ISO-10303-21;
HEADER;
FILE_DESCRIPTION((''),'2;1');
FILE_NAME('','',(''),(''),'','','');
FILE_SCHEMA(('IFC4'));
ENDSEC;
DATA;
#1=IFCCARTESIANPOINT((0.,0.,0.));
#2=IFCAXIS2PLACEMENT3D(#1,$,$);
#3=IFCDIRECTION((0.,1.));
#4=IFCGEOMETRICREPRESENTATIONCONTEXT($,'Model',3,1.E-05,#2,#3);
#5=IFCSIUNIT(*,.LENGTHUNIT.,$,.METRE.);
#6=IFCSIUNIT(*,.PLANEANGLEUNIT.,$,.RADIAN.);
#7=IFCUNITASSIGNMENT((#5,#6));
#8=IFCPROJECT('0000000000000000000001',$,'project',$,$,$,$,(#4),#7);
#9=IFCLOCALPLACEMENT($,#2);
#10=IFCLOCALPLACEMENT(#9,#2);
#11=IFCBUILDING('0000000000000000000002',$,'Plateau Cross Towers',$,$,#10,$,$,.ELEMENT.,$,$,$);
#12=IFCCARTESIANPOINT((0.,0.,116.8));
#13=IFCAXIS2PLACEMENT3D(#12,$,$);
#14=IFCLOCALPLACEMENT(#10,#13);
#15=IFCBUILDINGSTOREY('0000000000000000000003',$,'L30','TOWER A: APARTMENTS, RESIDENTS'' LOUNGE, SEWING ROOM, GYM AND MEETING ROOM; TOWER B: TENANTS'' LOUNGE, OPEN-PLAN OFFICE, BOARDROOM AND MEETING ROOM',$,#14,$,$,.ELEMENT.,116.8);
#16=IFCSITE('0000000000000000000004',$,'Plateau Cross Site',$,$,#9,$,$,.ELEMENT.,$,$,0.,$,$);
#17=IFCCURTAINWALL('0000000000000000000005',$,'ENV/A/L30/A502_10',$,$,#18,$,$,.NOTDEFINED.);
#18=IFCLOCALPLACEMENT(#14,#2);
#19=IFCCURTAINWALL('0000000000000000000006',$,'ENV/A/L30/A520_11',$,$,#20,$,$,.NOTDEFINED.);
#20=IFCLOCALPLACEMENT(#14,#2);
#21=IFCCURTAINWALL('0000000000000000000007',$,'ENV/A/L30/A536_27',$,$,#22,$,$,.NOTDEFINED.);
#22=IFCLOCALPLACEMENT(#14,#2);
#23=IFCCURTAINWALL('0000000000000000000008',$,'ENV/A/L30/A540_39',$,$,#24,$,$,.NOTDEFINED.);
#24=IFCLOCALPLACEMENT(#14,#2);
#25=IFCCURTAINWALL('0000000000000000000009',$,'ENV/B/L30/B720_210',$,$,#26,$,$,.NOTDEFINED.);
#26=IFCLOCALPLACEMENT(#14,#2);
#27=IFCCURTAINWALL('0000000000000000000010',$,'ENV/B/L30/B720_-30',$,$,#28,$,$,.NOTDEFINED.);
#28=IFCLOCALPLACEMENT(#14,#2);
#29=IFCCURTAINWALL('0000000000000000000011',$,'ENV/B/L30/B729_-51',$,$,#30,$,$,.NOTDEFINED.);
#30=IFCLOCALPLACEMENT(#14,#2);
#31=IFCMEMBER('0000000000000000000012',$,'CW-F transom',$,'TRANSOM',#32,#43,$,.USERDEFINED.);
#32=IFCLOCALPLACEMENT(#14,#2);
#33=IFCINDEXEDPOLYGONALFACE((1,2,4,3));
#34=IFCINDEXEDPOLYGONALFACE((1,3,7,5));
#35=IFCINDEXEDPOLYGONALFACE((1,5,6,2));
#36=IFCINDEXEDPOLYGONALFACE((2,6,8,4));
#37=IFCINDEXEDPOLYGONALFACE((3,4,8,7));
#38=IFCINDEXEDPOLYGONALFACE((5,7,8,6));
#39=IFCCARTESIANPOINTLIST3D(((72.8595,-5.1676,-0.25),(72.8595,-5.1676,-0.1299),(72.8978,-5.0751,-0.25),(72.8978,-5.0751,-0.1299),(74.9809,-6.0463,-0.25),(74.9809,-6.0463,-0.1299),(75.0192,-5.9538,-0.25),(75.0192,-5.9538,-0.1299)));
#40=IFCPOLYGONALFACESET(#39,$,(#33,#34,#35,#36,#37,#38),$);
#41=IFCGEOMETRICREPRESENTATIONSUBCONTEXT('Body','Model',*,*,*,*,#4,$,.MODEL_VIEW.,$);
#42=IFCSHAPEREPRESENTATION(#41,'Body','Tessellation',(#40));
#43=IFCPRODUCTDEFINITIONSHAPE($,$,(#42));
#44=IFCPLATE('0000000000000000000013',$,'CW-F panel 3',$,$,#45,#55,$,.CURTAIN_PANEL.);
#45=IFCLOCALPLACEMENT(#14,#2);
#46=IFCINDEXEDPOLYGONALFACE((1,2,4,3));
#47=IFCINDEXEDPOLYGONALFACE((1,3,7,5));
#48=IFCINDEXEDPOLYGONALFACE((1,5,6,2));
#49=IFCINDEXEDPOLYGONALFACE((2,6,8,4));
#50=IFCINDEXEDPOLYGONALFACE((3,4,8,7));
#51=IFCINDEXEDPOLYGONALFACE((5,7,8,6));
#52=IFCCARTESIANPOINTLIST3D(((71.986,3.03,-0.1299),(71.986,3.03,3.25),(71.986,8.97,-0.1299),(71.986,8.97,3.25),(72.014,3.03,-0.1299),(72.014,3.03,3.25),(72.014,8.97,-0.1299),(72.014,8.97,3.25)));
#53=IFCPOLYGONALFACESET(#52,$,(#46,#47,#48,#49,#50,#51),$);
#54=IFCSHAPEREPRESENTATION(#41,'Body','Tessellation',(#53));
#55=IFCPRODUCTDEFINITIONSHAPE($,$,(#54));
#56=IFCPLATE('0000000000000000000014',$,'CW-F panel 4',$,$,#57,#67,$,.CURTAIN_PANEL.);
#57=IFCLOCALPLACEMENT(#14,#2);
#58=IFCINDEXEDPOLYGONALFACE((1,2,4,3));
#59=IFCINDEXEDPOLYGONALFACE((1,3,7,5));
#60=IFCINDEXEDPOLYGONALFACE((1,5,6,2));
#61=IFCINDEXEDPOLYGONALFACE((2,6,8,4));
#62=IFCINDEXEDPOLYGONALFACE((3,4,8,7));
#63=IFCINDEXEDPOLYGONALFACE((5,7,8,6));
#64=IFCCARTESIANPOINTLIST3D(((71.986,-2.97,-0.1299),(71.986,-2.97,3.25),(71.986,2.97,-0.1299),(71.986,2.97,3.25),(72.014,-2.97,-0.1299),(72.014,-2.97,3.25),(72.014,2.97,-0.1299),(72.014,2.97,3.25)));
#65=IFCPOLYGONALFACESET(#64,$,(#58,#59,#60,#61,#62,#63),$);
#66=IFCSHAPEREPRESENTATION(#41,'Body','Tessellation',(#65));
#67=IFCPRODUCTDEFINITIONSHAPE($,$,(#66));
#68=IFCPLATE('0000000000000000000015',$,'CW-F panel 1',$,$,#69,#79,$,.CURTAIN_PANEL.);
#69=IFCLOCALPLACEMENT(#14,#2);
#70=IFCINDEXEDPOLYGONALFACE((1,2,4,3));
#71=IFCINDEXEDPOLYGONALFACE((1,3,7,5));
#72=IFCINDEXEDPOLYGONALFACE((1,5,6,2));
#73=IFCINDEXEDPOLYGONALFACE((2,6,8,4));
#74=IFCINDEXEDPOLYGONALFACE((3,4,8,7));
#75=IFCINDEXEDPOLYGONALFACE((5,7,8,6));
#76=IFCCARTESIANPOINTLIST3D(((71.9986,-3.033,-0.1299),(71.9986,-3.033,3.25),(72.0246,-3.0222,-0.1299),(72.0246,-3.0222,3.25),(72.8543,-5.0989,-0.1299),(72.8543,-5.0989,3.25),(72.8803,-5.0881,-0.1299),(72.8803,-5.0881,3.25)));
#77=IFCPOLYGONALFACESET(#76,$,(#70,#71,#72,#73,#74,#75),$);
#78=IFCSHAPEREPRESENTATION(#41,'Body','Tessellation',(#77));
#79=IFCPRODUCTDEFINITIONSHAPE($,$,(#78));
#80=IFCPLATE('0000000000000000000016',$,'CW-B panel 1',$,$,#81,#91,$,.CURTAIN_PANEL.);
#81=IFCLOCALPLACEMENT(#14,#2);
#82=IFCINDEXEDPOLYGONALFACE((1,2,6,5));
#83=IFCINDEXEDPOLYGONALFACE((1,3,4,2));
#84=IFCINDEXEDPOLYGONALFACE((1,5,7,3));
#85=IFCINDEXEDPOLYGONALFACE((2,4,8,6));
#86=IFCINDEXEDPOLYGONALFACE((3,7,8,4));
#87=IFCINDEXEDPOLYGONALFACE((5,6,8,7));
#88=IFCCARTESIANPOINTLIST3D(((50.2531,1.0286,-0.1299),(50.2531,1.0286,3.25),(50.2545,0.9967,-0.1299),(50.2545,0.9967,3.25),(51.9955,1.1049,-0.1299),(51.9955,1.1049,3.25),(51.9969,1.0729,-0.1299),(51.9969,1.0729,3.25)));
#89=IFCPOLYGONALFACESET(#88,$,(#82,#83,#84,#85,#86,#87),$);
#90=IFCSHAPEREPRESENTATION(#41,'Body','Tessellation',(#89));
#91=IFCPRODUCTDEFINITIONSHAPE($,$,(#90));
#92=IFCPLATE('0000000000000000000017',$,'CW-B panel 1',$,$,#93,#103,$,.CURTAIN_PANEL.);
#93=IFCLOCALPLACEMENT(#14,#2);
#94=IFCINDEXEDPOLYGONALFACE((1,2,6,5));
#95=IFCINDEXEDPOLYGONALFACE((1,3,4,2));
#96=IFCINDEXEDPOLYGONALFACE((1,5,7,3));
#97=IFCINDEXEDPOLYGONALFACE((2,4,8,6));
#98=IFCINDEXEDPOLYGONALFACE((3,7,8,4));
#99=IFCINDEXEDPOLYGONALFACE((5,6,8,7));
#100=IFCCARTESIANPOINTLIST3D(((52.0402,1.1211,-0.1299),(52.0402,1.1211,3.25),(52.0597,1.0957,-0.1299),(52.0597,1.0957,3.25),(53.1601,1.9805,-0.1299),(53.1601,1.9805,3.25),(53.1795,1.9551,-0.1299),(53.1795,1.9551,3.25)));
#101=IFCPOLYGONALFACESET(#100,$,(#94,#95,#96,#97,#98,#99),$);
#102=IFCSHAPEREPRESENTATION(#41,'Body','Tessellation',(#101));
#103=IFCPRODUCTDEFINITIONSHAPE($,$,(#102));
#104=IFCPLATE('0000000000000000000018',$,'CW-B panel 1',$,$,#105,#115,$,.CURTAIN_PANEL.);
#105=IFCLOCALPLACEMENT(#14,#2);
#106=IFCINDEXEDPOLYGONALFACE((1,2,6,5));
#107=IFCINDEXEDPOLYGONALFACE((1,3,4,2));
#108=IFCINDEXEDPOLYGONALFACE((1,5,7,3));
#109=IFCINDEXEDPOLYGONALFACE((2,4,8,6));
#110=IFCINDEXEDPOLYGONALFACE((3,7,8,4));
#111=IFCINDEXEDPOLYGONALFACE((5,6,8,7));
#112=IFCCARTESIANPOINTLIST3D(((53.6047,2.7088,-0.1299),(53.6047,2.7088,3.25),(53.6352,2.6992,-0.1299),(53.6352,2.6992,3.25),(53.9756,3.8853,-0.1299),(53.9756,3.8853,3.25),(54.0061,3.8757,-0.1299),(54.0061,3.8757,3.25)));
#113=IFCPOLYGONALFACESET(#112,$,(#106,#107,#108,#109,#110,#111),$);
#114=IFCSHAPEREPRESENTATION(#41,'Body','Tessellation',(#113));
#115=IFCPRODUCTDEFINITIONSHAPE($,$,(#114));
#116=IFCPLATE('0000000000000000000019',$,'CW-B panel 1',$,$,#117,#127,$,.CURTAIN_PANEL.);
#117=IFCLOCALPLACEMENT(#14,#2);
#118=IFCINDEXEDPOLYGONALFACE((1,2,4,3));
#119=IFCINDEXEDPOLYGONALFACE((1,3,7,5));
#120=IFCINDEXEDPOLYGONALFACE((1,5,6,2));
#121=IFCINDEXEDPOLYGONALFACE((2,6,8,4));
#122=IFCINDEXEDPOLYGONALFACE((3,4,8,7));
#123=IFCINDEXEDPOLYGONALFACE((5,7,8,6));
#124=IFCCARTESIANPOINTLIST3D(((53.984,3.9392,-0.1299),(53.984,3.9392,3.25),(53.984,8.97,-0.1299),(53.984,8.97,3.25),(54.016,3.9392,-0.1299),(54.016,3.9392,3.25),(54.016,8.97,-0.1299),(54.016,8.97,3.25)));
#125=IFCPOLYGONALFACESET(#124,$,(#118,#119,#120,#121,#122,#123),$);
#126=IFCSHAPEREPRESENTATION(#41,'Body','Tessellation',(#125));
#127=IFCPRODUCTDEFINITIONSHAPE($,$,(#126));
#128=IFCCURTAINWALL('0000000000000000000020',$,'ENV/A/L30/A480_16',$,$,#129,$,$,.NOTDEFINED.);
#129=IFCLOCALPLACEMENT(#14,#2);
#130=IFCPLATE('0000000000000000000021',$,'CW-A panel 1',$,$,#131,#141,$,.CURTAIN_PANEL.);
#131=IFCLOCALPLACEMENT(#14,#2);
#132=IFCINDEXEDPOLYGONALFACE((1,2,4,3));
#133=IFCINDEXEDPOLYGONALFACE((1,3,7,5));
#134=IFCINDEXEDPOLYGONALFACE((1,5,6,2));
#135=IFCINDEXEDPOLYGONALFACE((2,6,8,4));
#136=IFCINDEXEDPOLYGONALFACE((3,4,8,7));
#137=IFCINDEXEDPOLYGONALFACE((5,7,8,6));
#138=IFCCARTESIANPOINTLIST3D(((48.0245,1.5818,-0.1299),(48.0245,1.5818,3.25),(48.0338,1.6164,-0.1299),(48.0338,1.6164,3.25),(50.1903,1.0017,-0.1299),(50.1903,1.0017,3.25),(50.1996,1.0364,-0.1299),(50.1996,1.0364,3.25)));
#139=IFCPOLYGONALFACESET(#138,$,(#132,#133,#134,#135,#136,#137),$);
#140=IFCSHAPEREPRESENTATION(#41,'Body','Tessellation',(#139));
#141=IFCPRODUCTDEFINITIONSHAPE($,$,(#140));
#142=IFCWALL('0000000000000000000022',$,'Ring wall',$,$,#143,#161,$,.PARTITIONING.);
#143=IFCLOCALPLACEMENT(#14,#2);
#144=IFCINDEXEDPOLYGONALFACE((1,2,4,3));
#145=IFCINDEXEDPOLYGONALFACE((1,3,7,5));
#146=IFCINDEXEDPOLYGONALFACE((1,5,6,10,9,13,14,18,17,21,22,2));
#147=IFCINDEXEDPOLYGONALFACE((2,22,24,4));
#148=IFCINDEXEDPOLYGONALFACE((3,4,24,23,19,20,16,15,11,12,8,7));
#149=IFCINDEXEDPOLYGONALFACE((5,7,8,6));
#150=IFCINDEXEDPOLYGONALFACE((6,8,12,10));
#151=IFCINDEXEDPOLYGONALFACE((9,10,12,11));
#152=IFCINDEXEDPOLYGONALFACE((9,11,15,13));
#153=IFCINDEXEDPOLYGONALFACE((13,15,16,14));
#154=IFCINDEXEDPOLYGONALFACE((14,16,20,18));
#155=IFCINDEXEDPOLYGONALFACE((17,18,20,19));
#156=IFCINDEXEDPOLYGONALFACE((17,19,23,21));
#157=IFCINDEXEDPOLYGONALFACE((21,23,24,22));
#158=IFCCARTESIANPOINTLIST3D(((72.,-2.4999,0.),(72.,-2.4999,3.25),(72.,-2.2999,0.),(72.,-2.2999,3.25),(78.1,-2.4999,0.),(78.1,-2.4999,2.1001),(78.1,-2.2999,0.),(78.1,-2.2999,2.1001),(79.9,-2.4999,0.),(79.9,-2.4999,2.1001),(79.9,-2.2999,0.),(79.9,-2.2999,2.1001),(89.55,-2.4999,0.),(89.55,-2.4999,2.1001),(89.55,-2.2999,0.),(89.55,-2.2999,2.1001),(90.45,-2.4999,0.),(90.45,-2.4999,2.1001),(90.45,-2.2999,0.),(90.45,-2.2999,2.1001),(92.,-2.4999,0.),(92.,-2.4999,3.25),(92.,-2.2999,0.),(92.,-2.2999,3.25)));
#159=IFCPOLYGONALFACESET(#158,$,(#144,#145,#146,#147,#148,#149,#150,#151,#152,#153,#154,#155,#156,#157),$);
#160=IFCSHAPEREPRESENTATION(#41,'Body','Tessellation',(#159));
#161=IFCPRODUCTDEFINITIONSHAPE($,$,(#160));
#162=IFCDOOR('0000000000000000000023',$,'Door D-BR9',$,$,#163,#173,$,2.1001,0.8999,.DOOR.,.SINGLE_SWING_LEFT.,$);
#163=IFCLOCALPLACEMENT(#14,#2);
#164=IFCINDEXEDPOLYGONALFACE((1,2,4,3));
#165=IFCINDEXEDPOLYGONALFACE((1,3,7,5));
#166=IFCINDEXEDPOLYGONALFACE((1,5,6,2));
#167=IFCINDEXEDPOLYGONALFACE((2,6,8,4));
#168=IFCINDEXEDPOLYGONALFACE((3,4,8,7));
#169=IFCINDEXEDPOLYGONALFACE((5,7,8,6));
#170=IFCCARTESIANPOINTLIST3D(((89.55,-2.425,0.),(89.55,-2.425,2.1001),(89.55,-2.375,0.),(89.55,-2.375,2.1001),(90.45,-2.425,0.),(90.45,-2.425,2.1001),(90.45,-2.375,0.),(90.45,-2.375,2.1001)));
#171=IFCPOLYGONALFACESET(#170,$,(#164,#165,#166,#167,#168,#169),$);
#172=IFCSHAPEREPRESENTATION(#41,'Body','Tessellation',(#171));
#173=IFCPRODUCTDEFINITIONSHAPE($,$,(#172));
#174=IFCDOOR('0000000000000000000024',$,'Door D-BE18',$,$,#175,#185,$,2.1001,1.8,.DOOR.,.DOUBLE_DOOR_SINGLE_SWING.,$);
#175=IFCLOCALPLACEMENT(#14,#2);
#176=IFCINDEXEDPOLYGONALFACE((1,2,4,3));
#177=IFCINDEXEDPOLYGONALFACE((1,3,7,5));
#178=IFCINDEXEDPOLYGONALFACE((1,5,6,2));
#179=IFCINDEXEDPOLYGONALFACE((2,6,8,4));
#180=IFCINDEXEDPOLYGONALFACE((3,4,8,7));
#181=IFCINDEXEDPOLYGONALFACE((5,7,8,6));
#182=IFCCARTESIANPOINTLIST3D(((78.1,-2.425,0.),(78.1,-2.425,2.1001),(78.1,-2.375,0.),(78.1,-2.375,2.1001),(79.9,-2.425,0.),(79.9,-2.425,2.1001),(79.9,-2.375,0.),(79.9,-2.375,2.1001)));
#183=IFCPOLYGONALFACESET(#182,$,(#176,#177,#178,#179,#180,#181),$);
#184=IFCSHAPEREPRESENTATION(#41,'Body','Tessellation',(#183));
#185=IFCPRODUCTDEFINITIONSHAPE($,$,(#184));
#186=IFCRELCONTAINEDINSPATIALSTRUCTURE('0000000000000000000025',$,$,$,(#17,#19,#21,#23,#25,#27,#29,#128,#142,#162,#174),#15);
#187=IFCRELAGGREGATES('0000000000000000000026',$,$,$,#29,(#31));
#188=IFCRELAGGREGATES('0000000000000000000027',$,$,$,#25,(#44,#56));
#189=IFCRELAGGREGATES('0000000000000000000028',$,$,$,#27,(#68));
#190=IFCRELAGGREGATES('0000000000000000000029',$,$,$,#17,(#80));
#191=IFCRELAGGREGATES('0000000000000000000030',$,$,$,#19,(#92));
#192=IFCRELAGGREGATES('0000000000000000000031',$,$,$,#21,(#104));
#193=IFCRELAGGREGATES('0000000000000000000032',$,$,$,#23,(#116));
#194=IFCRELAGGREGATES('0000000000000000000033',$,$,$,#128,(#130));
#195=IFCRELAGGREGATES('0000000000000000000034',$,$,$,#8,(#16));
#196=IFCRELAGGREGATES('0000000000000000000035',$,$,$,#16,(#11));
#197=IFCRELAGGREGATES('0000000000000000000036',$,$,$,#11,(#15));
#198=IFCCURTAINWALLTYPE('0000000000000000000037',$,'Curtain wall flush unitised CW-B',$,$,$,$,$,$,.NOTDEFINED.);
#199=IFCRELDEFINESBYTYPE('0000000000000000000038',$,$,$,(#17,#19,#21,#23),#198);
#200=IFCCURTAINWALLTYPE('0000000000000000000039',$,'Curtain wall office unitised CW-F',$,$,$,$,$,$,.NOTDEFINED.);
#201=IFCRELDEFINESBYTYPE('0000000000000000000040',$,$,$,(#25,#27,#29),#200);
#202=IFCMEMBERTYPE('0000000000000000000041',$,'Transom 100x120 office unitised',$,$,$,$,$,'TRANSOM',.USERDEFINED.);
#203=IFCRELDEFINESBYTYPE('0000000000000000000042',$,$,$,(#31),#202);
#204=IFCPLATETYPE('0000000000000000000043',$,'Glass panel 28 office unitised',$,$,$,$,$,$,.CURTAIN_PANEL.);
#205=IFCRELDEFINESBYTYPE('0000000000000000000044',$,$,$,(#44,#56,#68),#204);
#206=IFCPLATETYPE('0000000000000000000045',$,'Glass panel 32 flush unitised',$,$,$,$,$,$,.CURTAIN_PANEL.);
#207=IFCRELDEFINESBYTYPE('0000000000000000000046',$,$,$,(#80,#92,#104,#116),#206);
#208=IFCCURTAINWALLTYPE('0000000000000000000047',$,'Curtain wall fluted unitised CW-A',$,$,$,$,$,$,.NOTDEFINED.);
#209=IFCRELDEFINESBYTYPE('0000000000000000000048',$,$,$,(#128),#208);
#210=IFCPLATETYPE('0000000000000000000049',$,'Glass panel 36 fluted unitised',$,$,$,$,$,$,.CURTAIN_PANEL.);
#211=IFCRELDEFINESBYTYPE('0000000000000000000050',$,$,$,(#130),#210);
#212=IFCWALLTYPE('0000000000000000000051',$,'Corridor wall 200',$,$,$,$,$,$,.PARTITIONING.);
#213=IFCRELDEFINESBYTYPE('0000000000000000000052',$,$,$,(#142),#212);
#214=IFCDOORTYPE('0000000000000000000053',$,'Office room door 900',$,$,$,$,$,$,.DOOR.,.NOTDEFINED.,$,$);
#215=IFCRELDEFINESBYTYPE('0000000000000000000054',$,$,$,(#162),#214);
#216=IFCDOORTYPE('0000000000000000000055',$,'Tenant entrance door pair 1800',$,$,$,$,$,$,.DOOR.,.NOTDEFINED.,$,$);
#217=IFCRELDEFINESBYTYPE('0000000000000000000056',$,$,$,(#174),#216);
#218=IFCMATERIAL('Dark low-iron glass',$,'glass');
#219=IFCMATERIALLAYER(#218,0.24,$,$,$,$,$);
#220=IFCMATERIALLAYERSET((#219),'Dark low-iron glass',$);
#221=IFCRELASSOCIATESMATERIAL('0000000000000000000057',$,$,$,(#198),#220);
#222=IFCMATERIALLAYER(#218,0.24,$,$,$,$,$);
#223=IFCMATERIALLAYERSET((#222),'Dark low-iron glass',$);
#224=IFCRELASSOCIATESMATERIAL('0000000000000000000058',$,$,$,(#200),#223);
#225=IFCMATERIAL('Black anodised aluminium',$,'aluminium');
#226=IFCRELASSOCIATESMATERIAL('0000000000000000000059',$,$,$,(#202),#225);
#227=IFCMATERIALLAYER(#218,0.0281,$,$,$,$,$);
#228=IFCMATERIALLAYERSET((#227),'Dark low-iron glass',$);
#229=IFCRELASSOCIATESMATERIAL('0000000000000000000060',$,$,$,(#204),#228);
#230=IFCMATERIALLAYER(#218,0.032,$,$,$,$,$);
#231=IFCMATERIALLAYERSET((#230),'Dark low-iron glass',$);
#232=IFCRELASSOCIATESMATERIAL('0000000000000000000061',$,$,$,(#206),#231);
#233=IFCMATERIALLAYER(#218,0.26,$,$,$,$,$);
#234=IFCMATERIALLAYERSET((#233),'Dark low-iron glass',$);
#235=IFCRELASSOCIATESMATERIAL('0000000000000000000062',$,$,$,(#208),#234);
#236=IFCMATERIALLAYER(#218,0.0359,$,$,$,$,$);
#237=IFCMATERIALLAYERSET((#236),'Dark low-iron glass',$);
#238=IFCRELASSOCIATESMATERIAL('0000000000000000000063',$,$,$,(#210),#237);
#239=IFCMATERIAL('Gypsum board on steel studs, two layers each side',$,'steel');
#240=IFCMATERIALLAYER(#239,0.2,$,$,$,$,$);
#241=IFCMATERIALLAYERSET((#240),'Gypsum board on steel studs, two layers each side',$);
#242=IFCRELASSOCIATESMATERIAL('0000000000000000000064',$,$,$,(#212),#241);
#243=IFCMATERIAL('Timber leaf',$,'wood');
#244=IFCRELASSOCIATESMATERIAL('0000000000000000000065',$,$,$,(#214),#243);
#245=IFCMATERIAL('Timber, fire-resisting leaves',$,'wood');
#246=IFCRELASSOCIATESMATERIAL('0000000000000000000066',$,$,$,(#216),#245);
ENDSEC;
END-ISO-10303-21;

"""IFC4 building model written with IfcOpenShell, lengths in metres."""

from ifc_helpers import new_model, si_unit, direction, frame, frame_2d, origin, origin_2d, place, context, subcontext, project, spatial, rectangle, extrude, material, layer, layer_set, material_profile, profile_set, type_object, element, fill, aggregate, save


model = new_model("IFC4")

# Units and contexts
model_context = context("Model", 3, precision=1e-05, world=origin(), true_north=direction((0.0, 1.0)))
body_context = subcontext(model_context, "Body", "Model", "MODEL_VIEW")
ifc_project = project(units=[si_unit("LENGTHUNIT", "METRE"), si_unit("PLANEANGLEUNIT", "RADIAN")], contexts=[model_context])

# Site, building, storey
site_placement = place(None, origin())
site = spatial("IfcSite", under=ifc_project, at=site_placement, Name="Plateau Cross Site", CompositionType="ELEMENT", RefElevation=0.0)
building_placement = place(site_placement, origin())
building = spatial("IfcBuilding", under=site, at=building_placement, Name="Plateau Cross Towers", CompositionType="ELEMENT")
storey_placement = place(building_placement, frame((0.0, 0.0, 116.8)))
storey = spatial("IfcBuildingStorey", under=building, at=storey_placement, Name="L30", Description="TOWER A: APARTMENTS, RESIDENTS' LOUNGE, SEWING ROOM, GYM AND MEETING ROOM; TOWER B: TENANTS' LOUNGE, OPEN-PLAN OFFICE, BOARDROOM AND MEETING ROOM", CompositionType="ELEMENT", Elevation=116.8)

# Curtain wall
ifc_material_1 = material(Name="Dark low-iron glass", Category="glass")
ifc_layer_1 = layer(ifc_material_1, 0.24)
ifc_layer_set_1 = layer_set([ifc_layer_1], Name="Dark low-iron glass")
curtain_wall_type_1 = type_object("IfcCurtainWallType", Name="Curtain wall flush unitised CW-B", PredefinedType="NOTDEFINED", material=ifc_layer_set_1)
curtain_wall_1_placement = place(storey_placement, origin())
curtain_wall_1 = element("IfcCurtainWall", 1, at=curtain_wall_1_placement, inside=storey, type_object=curtain_wall_type_1, Name="ENV/A/L30/A502_10", PredefinedType="NOTDEFINED")
ifc_material_2 = material(Name="Black anodised aluminium", Category="aluminium")

# Curtain wall
curtain_wall_2_placement = place(storey_placement, origin())
curtain_wall_2 = element("IfcCurtainWall", 2, at=curtain_wall_2_placement, inside=storey, type_object=curtain_wall_type_1, Name="ENV/A/L30/A520_11", PredefinedType="NOTDEFINED")

# Curtain walls
curtain_wall_3_placement = place(storey_placement, origin())
curtain_wall_3 = element("IfcCurtainWall", 3, at=curtain_wall_3_placement, inside=storey, type_object=curtain_wall_type_1, Name="ENV/A/L30/A536_27", PredefinedType="NOTDEFINED")
curtain_wall_4_placement = place(storey_placement, origin())
curtain_wall_4 = element("IfcCurtainWall", 4, at=curtain_wall_4_placement, inside=storey, type_object=curtain_wall_type_1, Name="ENV/A/L30/A540_39", PredefinedType="NOTDEFINED")
ifc_layer_2 = layer(ifc_material_1, 0.24)
ifc_layer_set_2 = layer_set([ifc_layer_2], Name="Dark low-iron glass")
curtain_wall_type_2 = type_object("IfcCurtainWallType", Name="Curtain wall office unitised CW-F", PredefinedType="NOTDEFINED", material=ifc_layer_set_2)
curtain_wall_5_placement = place(storey_placement, origin())
curtain_wall_5 = element("IfcCurtainWall", 5, at=curtain_wall_5_placement, inside=storey, type_object=curtain_wall_type_2, Name="ENV/B/L30/B720_210", PredefinedType="NOTDEFINED")
curtain_wall_6_placement = place(storey_placement, origin())
curtain_wall_6 = element("IfcCurtainWall", 6, at=curtain_wall_6_placement, inside=storey, type_object=curtain_wall_type_2, Name="ENV/B/L30/B720_-30", PredefinedType="NOTDEFINED")
curtain_wall_7_placement = place(storey_placement, origin())
curtain_wall_7 = element("IfcCurtainWall", 7, at=curtain_wall_7_placement, inside=storey, type_object=curtain_wall_type_2, Name="ENV/B/L30/B729_-51", PredefinedType="NOTDEFINED")

# Member
ifc_material_profile_1 = material_profile(ifc_material_2, rectangle(XDim=0.1001, YDim=0.1201, at=origin_2d()), Name="TRANSOM 100x120")
ifc_profile_set_1 = profile_set([ifc_material_profile_1], Name="Black anodised aluminium")
member_type_1 = type_object("IfcMemberType", Name="Transom 100x120 office unitised", ElementType="TRANSOM", PredefinedType="USERDEFINED", material=ifc_profile_set_1)
member_1_placement = place(storey_placement, frame((72.8787, -5.1213, -0.1899), z_axis=(0.923883, -0.382674, 0.0), x_axis=(0.382674, 0.923883, 0.0)))
member_1 = element("IfcMember", 8, at=member_1_placement, type_object=member_type_1, Name="CW-F transom", ObjectType="TRANSOM", PredefinedType="USERDEFINED", context=body_context, shape_type="SweptSolid", body=[
    extrude(rectangle(XDim=0.1001, YDim=0.1201, at=origin_2d()), origin(), (0.0, 0.0, 1.0), 2.2961),
])
aggregate(curtain_wall_7, [member_1])

# Plates
ifc_layer_3 = layer(ifc_material_1, 0.0281)
ifc_layer_set_3 = layer_set([ifc_layer_3], Name="Dark low-iron glass")
plate_type_1 = type_object("IfcPlateType", Name="Glass panel 28 office unitised", PredefinedType="CURTAIN_PANEL", material=ifc_layer_set_3)
plate_1_placement = place(storey_placement, frame((72.0, 6.0, -0.1299), z_axis=(0.0, 0.0, 1.0), x_axis=(0.0, -1.0, 0.0)))
plate_1 = element("IfcPlate", 9, at=plate_1_placement, type_object=plate_type_1, Name="CW-F panel 3", PredefinedType="CURTAIN_PANEL", context=body_context, shape_type="SweptSolid", body=[
    extrude(rectangle(XDim=5.9399, YDim=0.0281, at=origin_2d()), origin(), (0.0, 0.0, 1.0), 3.3799),
])
plate_2_placement = place(storey_placement, frame((72.0, 0.0, -0.1299), z_axis=(0.0, 0.0, 1.0), x_axis=(0.0, -1.0, 0.0)))
plate_2 = element("IfcPlate", 10, at=plate_2_placement, type_object=plate_type_1, Name="CW-F panel 4", PredefinedType="CURTAIN_PANEL", context=body_context, shape_type="SweptSolid", body=[
    extrude(rectangle(XDim=5.9399, YDim=0.0281, at=origin_2d()), origin(), (0.0, 0.0, 1.0), 3.3799),
])
aggregate(curtain_wall_5, [plate_1, plate_2])
plate_3_placement = place(storey_placement, frame((72.4395, -4.0605, -0.1299), z_axis=(0.0, 0.0, 1.0), x_axis=(0.382684, -0.923879, 0.0)))
plate_3 = element("IfcPlate", 11, at=plate_3_placement, type_object=plate_type_1, Name="CW-F panel 1", PredefinedType="CURTAIN_PANEL", context=body_context, shape_type="SweptSolid", body=[
    extrude(rectangle(XDim=2.2361, YDim=0.0281, at=origin_2d()), origin(), (0.0, 0.0, 1.0), 3.3799),
])
aggregate(curtain_wall_6, [plate_3])
ifc_layer_4 = layer(ifc_material_1, 0.032)
ifc_layer_set_4 = layer_set([ifc_layer_4], Name="Dark low-iron glass")
plate_type_2 = type_object("IfcPlateType", Name="Glass panel 32 flush unitised", PredefinedType="CURTAIN_PANEL", material=ifc_layer_set_4)
plate_4_placement = place(storey_placement, frame((51.125, 1.0508, -0.1299), z_axis=(0.0, 0.0, 1.0), x_axis=(0.999044, 0.043723, 0.0)))
plate_4 = element("IfcPlate", 12, at=plate_4_placement, type_object=plate_type_2, Name="CW-B panel 1", PredefinedType="CURTAIN_PANEL", context=body_context, shape_type="SweptSolid", body=[
    extrude(rectangle(XDim=1.7441, YDim=0.032, at=origin_2d()), origin(), (0.0, 0.0, 1.0), 3.3799),
])
aggregate(curtain_wall_1, [plate_4])
plate_5_placement = place(storey_placement, frame((52.6099, 1.5381, -0.1299), z_axis=(0.0, 0.0, 1.0), x_axis=(0.793316, 0.608811, 0.0)))
plate_5 = element("IfcPlate", 13, at=plate_5_placement, type_object=plate_type_2, Name="CW-B panel 1", PredefinedType="CURTAIN_PANEL", context=body_context, shape_type="SweptSolid", body=[
    extrude(rectangle(XDim=1.4116, YDim=0.032, at=origin_2d()), origin(), (0.0, 0.0, 1.0), 3.3799),
])
aggregate(curtain_wall_2, [plate_5])
plate_6_placement = place(storey_placement, frame((53.8054, 3.2922, -0.1299), z_axis=(0.0, 0.0, 1.0), x_axis=(0.300686, 0.953723, 0.0)))
plate_6 = element("IfcPlate", 14, at=plate_6_placement, type_object=plate_type_2, Name="CW-B panel 1", PredefinedType="CURTAIN_PANEL", context=body_context, shape_type="SweptSolid", body=[
    extrude(rectangle(XDim=1.2336, YDim=0.032, at=origin_2d()), origin(), (0.0, 0.0, 1.0), 3.3799),
])
aggregate(curtain_wall_3, [plate_6])
plate_7_placement = place(storey_placement, frame((54.0, 6.4546, -0.1299), z_axis=(0.0, 0.0, 1.0), x_axis=(0.0, 1.0, 0.0)))
plate_7 = element("IfcPlate", 15, at=plate_7_placement, type_object=plate_type_2, Name="CW-B panel 1", PredefinedType="CURTAIN_PANEL", context=body_context, shape_type="SweptSolid", body=[
    extrude(rectangle(XDim=5.0308, YDim=0.032, at=origin_2d()), origin(), (0.0, 0.0, 1.0), 3.3799),
])
aggregate(curtain_wall_4, [plate_7])

# Curtain wall, plate
ifc_layer_5 = layer(ifc_material_1, 0.26)
ifc_layer_set_5 = layer_set([ifc_layer_5], Name="Dark low-iron glass")
curtain_wall_type_3 = type_object("IfcCurtainWallType", Name="Curtain wall fluted unitised CW-A", PredefinedType="NOTDEFINED", material=ifc_layer_set_5)
curtain_wall_8_placement = place(storey_placement, origin())
curtain_wall_8 = element("IfcCurtainWall", 16, at=curtain_wall_8_placement, inside=storey, type_object=curtain_wall_type_3, Name="ENV/A/L30/A480_16", PredefinedType="NOTDEFINED")
ifc_layer_6 = layer(ifc_material_1, 0.0359)
ifc_layer_set_6 = layer_set([ifc_layer_6], Name="Dark low-iron glass")
plate_type_3 = type_object("IfcPlateType", Name="Glass panel 36 fluted unitised", PredefinedType="CURTAIN_PANEL", material=ifc_layer_set_6)
plate_8_placement = place(storey_placement, frame((49.1121, 1.3091, -0.1299), z_axis=(0.0, 0.0, 1.0), x_axis=(0.965958, -0.258699, 0.0)))
plate_8 = element("IfcPlate", 17, at=plate_8_placement, type_object=plate_type_3, Name="CW-A panel 1", PredefinedType="CURTAIN_PANEL", context=body_context, shape_type="SweptSolid", body=[
    extrude(rectangle(XDim=2.2422, YDim=0.0359, at=origin_2d()), origin(), (0.0, 0.0, 1.0), 3.3799),
])
aggregate(curtain_wall_8, [plate_8])

# Wall, openings, doors
ifc_material_3 = material(Name="Gypsum board on steel studs, two layers each side", Category="steel")
ifc_layer_7 = layer(ifc_material_3, 0.2)
ifc_layer_set_7 = layer_set([ifc_layer_7], Name="Gypsum board on steel studs, two layers each side")
wall_type_1 = type_object("IfcWallType", Name="Corridor wall 200", PredefinedType="PARTITIONING", material=ifc_layer_set_7)
wall_1_placement = place(storey_placement, frame((72.0, -2.3999, 0.0), z_axis=(0.0, 0.0, 1.0), x_axis=(1.0, 0.0, 0.0)))
wall_1 = element("IfcWall", 18, at=wall_1_placement, inside=storey, type_object=wall_type_1, Name="Ring wall", PredefinedType="PARTITIONING", context=body_context, shape_type="SweptSolid", body=[
    extrude(rectangle(XDim=20.0, YDim=0.2, at=frame_2d((10.0, 0.0))), origin(), (0.0, 0.0, 1.0), 3.25),
])
opening_1_placement = place(wall_1_placement, frame((6.1001, 0.0, 0.0)))
opening_1 = element("IfcOpeningElement", 19, at=opening_1_placement, cuts=wall_1, PredefinedType="OPENING", context=body_context, shape_type="SweptSolid", body=[
    extrude(rectangle(XDim=1.8, YDim=2.1001, at=frame_2d((0.8999, 1.05))), frame((0.0, 0.1099, 0.0), z_axis=(0.0, -1.0, 0.0), x_axis=(1.0, 0.0, 0.0)), (0.0, 0.0, 1.0), 0.22),
])
opening_2_placement = place(wall_1_placement, frame((17.55, 0.0, 0.0)))
opening_2 = element("IfcOpeningElement", 20, at=opening_2_placement, cuts=wall_1, PredefinedType="OPENING", context=body_context, shape_type="SweptSolid", body=[
    extrude(rectangle(XDim=0.8999, YDim=2.1001, at=frame_2d((0.45, 1.05))), frame((0.0, 0.1099, 0.0), z_axis=(0.0, -1.0, 0.0), x_axis=(1.0, 0.0, 0.0)), (0.0, 0.0, 1.0), 0.22),
])
ifc_material_4 = material(Name="Timber leaf", Category="wood")
door_type_1 = type_object("IfcDoorType", Name="Office room door 900", OperationType="NOTDEFINED", PredefinedType="DOOR", material=ifc_material_4)
door_1_placement = place(opening_2_placement, origin())
door_1 = element("IfcDoor", 21, at=door_1_placement, inside=storey, type_object=door_type_1, Name="Door D-BR9", OperationType="SINGLE_SWING_LEFT", OverallHeight=2.1001, OverallWidth=0.8999, PredefinedType="DOOR", context=body_context, shape_type="SweptSolid", body=[
    extrude(rectangle(XDim=0.8999, YDim=2.1001, at=frame_2d((0.45, 1.05))), frame((0.0, 0.0249, 0.0), z_axis=(0.0, -1.0, 0.0), x_axis=(1.0, 0.0, 0.0)), (0.0, 0.0, 1.0), 0.05),
])
fill(opening_2, door_1)
ifc_material_5 = material(Name="Timber, fire-resisting leaves", Category="wood")
door_type_2 = type_object("IfcDoorType", Name="Tenant entrance door pair 1800", OperationType="NOTDEFINED", PredefinedType="DOOR", material=ifc_material_5)
door_2_placement = place(opening_1_placement, origin())
door_2 = element("IfcDoor", 22, at=door_2_placement, inside=storey, type_object=door_type_2, Name="Door D-BE18", OperationType="DOUBLE_DOOR_SINGLE_SWING", OverallHeight=2.1001, OverallWidth=1.8, PredefinedType="DOOR", context=body_context, shape_type="SweptSolid", body=[
    extrude(rectangle(XDim=1.8, YDim=2.1001, at=frame_2d((0.8999, 1.05))), frame((0.0, 0.0249, 0.0), z_axis=(0.0, -1.0, 0.0), x_axis=(1.0, 0.0, 0.0)), (0.0, 0.0, 1.0), 0.05),
])
fill(opening_1, door_2)

save(model, "model.ifc")
